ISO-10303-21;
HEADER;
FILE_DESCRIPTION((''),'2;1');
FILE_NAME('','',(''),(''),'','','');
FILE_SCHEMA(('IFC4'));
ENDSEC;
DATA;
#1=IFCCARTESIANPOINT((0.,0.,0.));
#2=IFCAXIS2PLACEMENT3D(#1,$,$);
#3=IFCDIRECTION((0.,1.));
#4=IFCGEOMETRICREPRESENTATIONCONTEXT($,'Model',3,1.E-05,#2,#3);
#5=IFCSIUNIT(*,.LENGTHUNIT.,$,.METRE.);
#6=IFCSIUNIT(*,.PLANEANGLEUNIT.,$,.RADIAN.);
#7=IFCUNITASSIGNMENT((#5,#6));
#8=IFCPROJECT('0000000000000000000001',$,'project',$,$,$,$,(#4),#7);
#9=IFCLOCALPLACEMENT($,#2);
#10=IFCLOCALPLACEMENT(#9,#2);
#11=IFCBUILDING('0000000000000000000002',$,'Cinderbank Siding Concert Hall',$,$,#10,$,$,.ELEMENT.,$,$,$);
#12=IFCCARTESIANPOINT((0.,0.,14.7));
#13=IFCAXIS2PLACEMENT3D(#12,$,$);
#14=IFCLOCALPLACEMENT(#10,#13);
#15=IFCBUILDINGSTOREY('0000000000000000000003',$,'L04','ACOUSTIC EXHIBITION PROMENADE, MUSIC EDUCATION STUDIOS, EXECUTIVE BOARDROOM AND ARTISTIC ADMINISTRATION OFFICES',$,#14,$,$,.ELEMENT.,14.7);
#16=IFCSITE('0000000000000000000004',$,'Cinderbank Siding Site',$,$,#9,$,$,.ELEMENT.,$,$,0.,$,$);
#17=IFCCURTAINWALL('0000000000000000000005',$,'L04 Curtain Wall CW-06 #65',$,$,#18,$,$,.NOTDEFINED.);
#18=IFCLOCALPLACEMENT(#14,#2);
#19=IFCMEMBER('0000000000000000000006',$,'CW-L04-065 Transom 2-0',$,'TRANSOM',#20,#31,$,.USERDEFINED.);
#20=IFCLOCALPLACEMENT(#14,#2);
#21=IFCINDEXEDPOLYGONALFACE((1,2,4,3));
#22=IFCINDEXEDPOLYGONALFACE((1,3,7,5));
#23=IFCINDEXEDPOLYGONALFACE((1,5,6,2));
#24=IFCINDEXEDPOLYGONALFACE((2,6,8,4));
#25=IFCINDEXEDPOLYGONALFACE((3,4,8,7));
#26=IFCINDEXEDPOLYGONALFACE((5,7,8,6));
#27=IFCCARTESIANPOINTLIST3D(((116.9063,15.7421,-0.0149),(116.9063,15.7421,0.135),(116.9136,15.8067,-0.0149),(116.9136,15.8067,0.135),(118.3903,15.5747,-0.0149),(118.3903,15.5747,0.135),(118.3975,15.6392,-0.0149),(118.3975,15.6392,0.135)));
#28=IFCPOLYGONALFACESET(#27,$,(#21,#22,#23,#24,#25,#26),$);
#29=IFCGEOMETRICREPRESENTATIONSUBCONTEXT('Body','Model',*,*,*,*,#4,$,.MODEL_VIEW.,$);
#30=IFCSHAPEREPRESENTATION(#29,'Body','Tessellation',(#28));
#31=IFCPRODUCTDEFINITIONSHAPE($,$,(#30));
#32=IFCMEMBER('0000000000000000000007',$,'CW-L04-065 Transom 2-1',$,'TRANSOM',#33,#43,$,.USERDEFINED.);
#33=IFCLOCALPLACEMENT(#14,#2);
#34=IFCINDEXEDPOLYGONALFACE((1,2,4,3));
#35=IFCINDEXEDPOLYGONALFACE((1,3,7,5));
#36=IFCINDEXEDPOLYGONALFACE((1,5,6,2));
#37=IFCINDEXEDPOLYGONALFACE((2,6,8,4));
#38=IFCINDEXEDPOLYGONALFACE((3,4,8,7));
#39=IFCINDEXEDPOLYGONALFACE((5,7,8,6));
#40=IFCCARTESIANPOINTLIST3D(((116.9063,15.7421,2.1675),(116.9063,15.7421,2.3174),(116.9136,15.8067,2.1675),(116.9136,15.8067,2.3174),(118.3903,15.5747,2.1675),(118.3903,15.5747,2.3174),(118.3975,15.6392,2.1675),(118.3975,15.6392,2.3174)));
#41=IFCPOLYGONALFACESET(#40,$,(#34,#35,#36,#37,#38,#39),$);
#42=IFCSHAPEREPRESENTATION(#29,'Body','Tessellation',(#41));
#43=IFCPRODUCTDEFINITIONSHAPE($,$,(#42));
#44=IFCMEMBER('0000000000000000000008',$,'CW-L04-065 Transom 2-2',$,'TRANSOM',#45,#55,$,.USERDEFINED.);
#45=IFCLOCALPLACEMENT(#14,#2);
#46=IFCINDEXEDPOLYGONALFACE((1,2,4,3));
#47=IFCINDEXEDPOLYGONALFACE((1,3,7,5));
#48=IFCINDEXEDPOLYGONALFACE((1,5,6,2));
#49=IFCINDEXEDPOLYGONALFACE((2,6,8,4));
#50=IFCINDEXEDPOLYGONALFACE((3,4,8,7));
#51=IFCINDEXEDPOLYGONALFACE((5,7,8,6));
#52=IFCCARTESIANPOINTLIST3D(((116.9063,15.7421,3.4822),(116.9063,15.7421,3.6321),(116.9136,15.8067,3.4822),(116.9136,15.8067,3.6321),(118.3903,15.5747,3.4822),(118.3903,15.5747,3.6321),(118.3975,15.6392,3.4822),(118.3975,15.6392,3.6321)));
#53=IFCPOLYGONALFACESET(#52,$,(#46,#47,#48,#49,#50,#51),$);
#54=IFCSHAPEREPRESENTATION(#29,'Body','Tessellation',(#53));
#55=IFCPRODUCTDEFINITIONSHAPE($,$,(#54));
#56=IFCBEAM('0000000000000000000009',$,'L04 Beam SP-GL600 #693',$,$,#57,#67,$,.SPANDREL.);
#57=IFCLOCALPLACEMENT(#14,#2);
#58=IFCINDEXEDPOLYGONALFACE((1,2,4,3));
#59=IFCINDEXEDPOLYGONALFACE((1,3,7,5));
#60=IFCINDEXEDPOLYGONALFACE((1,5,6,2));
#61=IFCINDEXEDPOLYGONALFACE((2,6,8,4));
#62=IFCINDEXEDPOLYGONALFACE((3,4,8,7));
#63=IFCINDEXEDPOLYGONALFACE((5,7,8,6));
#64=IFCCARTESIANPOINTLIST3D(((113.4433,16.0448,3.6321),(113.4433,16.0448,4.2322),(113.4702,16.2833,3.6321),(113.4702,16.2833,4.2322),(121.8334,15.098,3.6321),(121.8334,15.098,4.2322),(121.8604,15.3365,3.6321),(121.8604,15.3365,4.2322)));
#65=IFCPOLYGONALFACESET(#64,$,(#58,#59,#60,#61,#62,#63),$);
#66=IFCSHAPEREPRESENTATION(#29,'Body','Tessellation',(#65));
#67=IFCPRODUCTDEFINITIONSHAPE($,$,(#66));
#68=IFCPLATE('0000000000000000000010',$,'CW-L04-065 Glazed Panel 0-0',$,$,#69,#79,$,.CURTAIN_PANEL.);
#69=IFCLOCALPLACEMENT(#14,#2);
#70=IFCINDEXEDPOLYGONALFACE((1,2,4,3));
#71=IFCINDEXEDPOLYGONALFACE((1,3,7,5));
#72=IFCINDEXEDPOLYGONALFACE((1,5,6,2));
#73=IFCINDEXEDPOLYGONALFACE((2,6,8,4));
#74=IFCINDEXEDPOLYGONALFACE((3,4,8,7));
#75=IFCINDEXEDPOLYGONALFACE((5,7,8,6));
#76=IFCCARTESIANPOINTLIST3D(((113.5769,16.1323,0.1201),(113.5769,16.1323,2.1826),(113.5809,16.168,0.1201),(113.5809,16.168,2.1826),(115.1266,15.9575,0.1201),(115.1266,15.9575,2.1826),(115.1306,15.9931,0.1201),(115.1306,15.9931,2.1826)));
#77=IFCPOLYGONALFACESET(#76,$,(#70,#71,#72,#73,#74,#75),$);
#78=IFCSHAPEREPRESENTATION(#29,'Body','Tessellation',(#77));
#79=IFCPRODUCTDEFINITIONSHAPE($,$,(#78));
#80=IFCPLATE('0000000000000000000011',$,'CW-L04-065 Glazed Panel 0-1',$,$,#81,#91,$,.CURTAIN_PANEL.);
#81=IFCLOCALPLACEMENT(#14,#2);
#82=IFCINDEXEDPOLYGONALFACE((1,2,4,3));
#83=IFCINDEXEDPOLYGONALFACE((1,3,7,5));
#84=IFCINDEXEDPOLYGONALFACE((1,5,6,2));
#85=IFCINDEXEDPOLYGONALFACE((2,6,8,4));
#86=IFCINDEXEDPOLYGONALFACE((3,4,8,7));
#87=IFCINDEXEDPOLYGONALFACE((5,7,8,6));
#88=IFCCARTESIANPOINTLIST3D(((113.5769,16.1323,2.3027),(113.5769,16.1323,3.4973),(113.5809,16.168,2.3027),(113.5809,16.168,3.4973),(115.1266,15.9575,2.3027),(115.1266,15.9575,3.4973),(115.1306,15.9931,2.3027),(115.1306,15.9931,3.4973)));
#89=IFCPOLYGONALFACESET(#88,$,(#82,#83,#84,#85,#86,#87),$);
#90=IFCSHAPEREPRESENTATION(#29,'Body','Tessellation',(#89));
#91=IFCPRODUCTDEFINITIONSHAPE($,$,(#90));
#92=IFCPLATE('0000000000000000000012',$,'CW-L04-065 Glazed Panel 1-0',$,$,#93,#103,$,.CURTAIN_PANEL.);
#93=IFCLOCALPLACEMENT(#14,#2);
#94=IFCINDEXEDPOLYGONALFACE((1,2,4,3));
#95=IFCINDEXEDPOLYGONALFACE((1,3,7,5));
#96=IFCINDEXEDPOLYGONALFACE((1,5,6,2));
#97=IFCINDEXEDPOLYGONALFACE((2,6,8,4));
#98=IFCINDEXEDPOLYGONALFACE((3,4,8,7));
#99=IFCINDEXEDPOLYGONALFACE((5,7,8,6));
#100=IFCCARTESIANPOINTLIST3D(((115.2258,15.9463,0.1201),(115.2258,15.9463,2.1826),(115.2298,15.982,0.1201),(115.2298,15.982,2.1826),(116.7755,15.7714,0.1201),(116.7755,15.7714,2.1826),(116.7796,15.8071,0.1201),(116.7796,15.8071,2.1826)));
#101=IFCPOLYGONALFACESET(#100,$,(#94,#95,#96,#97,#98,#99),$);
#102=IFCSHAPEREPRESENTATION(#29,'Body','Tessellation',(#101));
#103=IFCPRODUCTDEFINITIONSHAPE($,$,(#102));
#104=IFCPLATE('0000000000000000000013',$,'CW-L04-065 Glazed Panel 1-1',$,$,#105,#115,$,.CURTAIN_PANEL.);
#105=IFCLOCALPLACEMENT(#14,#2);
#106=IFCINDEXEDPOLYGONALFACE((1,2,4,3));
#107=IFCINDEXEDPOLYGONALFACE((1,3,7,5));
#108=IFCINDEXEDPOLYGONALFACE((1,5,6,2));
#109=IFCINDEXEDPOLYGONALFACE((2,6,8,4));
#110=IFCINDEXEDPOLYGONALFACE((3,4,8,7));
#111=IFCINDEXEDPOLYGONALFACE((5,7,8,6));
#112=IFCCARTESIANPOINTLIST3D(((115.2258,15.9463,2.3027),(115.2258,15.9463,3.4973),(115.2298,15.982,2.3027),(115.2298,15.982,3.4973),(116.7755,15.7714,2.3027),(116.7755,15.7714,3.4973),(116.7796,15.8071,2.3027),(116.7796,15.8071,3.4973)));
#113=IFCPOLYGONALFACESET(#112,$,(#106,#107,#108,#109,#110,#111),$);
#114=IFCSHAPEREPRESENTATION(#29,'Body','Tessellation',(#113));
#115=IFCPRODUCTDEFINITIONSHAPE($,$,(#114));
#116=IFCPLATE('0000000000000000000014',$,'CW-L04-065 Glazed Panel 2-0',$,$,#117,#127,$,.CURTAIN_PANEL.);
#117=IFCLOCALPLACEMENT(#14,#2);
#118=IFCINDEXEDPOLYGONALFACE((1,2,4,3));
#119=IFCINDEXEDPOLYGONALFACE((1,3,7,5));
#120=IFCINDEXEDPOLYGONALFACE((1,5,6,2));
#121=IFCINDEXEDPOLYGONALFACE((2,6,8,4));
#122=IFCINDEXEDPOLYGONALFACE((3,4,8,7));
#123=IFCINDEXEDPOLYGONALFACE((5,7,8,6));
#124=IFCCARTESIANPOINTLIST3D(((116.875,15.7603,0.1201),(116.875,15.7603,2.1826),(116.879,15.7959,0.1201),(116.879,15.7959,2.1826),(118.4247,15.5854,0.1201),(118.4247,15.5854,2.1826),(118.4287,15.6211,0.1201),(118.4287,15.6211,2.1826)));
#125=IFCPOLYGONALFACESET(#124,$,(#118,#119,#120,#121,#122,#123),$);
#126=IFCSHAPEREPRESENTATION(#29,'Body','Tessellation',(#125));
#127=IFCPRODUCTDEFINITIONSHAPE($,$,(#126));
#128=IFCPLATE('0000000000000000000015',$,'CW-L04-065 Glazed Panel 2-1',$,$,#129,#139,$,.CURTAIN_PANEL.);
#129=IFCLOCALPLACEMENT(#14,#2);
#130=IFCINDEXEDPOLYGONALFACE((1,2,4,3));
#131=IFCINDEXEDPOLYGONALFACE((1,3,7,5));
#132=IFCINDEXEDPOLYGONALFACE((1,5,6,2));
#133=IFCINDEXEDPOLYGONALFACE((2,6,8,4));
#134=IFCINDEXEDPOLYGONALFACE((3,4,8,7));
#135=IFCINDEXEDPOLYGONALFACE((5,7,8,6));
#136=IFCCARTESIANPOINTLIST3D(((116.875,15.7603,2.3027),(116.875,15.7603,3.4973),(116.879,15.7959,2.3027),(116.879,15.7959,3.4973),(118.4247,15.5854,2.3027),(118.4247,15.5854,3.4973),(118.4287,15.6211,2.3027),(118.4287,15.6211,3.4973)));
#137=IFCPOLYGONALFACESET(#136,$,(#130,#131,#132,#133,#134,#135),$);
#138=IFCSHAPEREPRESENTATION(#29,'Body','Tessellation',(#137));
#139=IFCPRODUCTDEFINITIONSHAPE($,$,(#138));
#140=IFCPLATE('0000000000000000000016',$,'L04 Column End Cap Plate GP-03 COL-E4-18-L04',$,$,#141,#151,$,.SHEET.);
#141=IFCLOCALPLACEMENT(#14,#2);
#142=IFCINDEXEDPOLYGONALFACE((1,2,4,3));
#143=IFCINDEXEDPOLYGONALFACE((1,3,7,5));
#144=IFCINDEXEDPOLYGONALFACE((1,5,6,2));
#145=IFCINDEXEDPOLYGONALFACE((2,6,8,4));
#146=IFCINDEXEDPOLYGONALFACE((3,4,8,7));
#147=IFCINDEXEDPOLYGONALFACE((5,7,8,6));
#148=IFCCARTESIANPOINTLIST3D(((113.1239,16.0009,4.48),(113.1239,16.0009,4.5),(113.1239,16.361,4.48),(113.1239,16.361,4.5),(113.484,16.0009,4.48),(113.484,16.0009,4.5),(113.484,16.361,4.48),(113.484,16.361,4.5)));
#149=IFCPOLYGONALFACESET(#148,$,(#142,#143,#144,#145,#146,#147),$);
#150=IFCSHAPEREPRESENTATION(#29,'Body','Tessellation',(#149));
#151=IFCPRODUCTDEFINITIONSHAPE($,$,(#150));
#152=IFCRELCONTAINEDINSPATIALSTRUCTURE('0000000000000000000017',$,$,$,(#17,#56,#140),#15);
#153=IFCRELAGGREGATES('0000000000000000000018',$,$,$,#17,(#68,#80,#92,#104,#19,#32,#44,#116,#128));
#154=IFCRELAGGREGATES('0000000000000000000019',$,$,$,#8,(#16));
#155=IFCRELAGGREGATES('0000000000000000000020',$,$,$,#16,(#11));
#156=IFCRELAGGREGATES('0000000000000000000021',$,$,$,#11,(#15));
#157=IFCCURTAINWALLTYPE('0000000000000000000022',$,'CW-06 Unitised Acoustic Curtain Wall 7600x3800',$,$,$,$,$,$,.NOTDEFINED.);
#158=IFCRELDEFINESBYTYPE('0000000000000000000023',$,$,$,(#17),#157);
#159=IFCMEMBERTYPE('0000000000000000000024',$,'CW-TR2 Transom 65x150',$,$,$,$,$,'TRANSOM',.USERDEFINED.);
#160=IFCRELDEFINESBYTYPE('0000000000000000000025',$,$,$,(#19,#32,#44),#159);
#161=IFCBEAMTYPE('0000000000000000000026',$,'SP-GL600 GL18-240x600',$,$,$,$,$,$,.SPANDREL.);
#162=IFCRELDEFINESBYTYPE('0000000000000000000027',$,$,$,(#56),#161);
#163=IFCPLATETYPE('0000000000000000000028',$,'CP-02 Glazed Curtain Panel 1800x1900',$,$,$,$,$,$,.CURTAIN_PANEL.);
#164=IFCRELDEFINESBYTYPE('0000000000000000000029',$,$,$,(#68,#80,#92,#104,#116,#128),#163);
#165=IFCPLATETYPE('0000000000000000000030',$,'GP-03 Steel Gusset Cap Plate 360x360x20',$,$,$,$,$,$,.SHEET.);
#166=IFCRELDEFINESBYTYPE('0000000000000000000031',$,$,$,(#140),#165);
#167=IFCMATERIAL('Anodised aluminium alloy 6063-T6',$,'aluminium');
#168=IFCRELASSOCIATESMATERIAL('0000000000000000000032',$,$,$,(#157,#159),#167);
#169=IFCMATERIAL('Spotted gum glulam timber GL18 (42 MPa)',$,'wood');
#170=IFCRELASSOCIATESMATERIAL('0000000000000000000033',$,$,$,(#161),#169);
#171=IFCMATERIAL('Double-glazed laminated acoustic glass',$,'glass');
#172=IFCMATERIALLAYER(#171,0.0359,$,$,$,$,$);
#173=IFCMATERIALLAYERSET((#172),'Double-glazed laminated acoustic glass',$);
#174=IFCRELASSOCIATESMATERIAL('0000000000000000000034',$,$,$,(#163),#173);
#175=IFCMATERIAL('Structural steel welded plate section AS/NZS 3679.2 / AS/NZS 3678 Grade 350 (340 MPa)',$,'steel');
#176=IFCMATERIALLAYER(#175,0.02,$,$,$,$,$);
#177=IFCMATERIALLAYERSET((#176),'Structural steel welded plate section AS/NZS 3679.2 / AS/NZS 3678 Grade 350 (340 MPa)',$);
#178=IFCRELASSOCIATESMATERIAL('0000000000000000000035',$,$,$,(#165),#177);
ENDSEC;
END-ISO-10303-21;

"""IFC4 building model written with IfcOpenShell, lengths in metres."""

from ifc_helpers import new_model, si_unit, direction, frame, origin, origin_2d, place, context, subcontext, project, spatial, rectangle, extrude, material, layer, layer_set, material_profile, profile_set, type_object, element, aggregate, save


model = new_model("IFC4")

# Units and contexts
model_context = context("Model", 3, precision=1e-05, world=origin(), true_north=direction((0.0, 1.0)))
body_context = subcontext(model_context, "Body", "Model", "MODEL_VIEW")
ifc_project = project(units=[si_unit("LENGTHUNIT", "METRE"), si_unit("PLANEANGLEUNIT", "RADIAN")], contexts=[model_context])

# Site, building, storey
site_placement = place(None, origin())
site = spatial("IfcSite", under=ifc_project, at=site_placement, Name="Cinderbank Siding Site", CompositionType="ELEMENT", RefElevation=0.0)
building_placement = place(site_placement, origin())
building = spatial("IfcBuilding", under=site, at=building_placement, Name="Cinderbank Siding Concert Hall", CompositionType="ELEMENT")
storey_placement = place(building_placement, frame((0.0, 0.0, 14.7)))
storey = spatial("IfcBuildingStorey", under=building, at=storey_placement, Name="L04", Description="ACOUSTIC EXHIBITION PROMENADE, MUSIC EDUCATION STUDIOS, EXECUTIVE BOARDROOM AND ARTISTIC ADMINISTRATION OFFICES", CompositionType="ELEMENT", Elevation=14.7)

# Shared definitions
ifc_material_1 = material(Name="Anodised aluminium alloy 6063-T6", Category="aluminium")

# Curtain wall, members
curtain_wall_type_1 = type_object("IfcCurtainWallType", Name="CW-06 Unitised Acoustic Curtain Wall 7600x3800", PredefinedType="NOTDEFINED", material=ifc_material_1)
curtain_wall_1_placement = place(storey_placement, origin())
curtain_wall_1 = element("IfcCurtainWall", 1, at=curtain_wall_1_placement, inside=storey, type_object=curtain_wall_type_1, Name="L04 Curtain Wall CW-06 #65", PredefinedType="NOTDEFINED")
ifc_material_profile_1 = material_profile(ifc_material_1, rectangle(XDim=0.0649, YDim=0.1499, at=origin_2d()), Name="ALU-TRAN-65x150", Category="LoadBearing")
ifc_profile_set_1 = profile_set([ifc_material_profile_1], Name="Anodised aluminium alloy 6063-T6")
member_type_1 = type_object("IfcMemberType", Name="CW-TR2 Transom 65x150", ElementType="TRANSOM", PredefinedType="USERDEFINED", material=ifc_profile_set_1)
member_1_placement = place(storey_placement, frame((116.9099, 15.7744, 0.0601), z_axis=(0.993691, -0.112154, 0.0), x_axis=(0.112154, 0.993691, 0.0)))
member_1 = element("IfcMember", 2, at=member_1_placement, type_object=member_type_1, Name="CW-L04-065 Transom 2-0", ObjectType="TRANSOM", PredefinedType="USERDEFINED", context=body_context, shape_type="SweptSolid", body=[
    extrude(rectangle(XDim=0.0649, YDim=0.1499, at=origin_2d()), origin(), (0.0, 0.0, 1.0), 1.4934),
])
member_2_placement = place(storey_placement, frame((116.9099, 15.7744, 2.2424), z_axis=(0.993691, -0.112154, 0.0), x_axis=(0.112154, 0.993691, 0.0)))
member_2 = element("IfcMember", 3, at=member_2_placement, type_object=member_type_1, Name="CW-L04-065 Transom 2-1", ObjectType="TRANSOM", PredefinedType="USERDEFINED", context=body_context, shape_type="SweptSolid", body=[
    extrude(rectangle(XDim=0.0649, YDim=0.1499, at=origin_2d()), origin(), (0.0, 0.0, 1.0), 1.4934),
])
member_3_placement = place(storey_placement, frame((116.9099, 15.7744, 3.5571), z_axis=(0.993691, -0.112154, 0.0), x_axis=(0.112154, 0.993691, 0.0)))
member_3 = element("IfcMember", 4, at=member_3_placement, type_object=member_type_1, Name="CW-L04-065 Transom 2-2", ObjectType="TRANSOM", PredefinedType="USERDEFINED", context=body_context, shape_type="SweptSolid", body=[
    extrude(rectangle(XDim=0.0649, YDim=0.1499, at=origin_2d()), origin(), (0.0, 0.0, 1.0), 1.4934),
])

# Beam
ifc_material_2 = material(Name="Spotted gum glulam timber GL18 (42 MPa)", Category="wood")
ifc_material_profile_2 = material_profile(ifc_material_2, rectangle(XDim=0.24, YDim=0.6001, at=origin_2d()), Name="GL18-240x600", Category="LoadBearing")
ifc_profile_set_2 = profile_set([ifc_material_profile_2], Name="Spotted gum glulam timber GL18 (42 MPa)")
beam_type = type_object("IfcBeamType", Name="SP-GL600 GL18-240x600", PredefinedType="SPANDREL", material=ifc_profile_set_2)
beam_placement = place(storey_placement, frame((113.4568, 16.1641, 3.9321), z_axis=(0.993693, -0.112132, 0.0), x_axis=(0.112132, 0.993693, 0.0)))
element("IfcBeam", 5, at=beam_placement, inside=storey, type_object=beam_type, Name="L04 Beam SP-GL600 #693", PredefinedType="SPANDREL", context=body_context, shape_type="SweptSolid", body=[
    extrude(rectangle(XDim=0.24, YDim=0.6001, at=origin_2d()), origin(), (0.0, 0.0, 1.0), 8.4434),
])

# Plates
ifc_material_3 = material(Name="Double-glazed laminated acoustic glass", Category="glass")
ifc_layer_1 = layer(ifc_material_3, 0.0359)
ifc_layer_set_1 = layer_set([ifc_layer_1], Name="Double-glazed laminated acoustic glass")
plate_type_1 = type_object("IfcPlateType", Name="CP-02 Glazed Curtain Panel 1800x1900", PredefinedType="CURTAIN_PANEL", material=ifc_layer_set_1)
plate_1_placement = place(storey_placement, frame((114.3538, 16.0627, 0.1201), z_axis=(0.0, 0.0, 1.0), x_axis=(0.993694, -0.112129, 0.0)))
plate_1 = element("IfcPlate", 6, at=plate_1_placement, type_object=plate_type_1, Name="CW-L04-065 Glazed Panel 0-0", PredefinedType="CURTAIN_PANEL", context=body_context, shape_type="SweptSolid", body=[
    extrude(rectangle(XDim=1.5596, YDim=0.0359, at=origin_2d()), origin(), (0.0, 0.0, 1.0), 2.0625),
])
plate_2_placement = place(storey_placement, frame((114.3538, 16.0627, 2.3027), z_axis=(0.0, 0.0, 1.0), x_axis=(0.993694, -0.112129, 0.0)))
plate_2 = element("IfcPlate", 7, at=plate_2_placement, type_object=plate_type_1, Name="CW-L04-065 Glazed Panel 0-1", PredefinedType="CURTAIN_PANEL", context=body_context, shape_type="SweptSolid", body=[
    extrude(rectangle(XDim=1.5596, YDim=0.0359, at=origin_2d()), origin(), (0.0, 0.0, 1.0), 1.1946),
])
plate_3_placement = place(storey_placement, frame((116.0027, 15.8767, 0.1201), z_axis=(0.0, 0.0, 1.0), x_axis=(0.993694, -0.112129, 0.0)))
plate_3 = element("IfcPlate", 8, at=plate_3_placement, type_object=plate_type_1, Name="CW-L04-065 Glazed Panel 1-0", PredefinedType="CURTAIN_PANEL", context=body_context, shape_type="SweptSolid", body=[
    extrude(rectangle(XDim=1.5596, YDim=0.0359, at=origin_2d()), origin(), (0.0, 0.0, 1.0), 2.0625),
])
plate_4_placement = place(storey_placement, frame((116.0027, 15.8767, 2.3027), z_axis=(0.0, 0.0, 1.0), x_axis=(0.993694, -0.112129, 0.0)))
plate_4 = element("IfcPlate", 9, at=plate_4_placement, type_object=plate_type_1, Name="CW-L04-065 Glazed Panel 1-1", PredefinedType="CURTAIN_PANEL", context=body_context, shape_type="SweptSolid", body=[
    extrude(rectangle(XDim=1.5596, YDim=0.0359, at=origin_2d()), origin(), (0.0, 0.0, 1.0), 1.1946),
])
plate_5_placement = place(storey_placement, frame((117.6519, 15.6907, 0.1201), z_axis=(0.0, 0.0, 1.0), x_axis=(0.993694, -0.112129, 0.0)))
plate_5 = element("IfcPlate", 10, at=plate_5_placement, type_object=plate_type_1, Name="CW-L04-065 Glazed Panel 2-0", PredefinedType="CURTAIN_PANEL", context=body_context, shape_type="SweptSolid", body=[
    extrude(rectangle(XDim=1.5596, YDim=0.0359, at=origin_2d()), origin(), (0.0, 0.0, 1.0), 2.0625),
])
plate_6_placement = place(storey_placement, frame((117.6519, 15.6907, 2.3027), z_axis=(0.0, 0.0, 1.0), x_axis=(0.993694, -0.112129, 0.0)))
plate_6 = element("IfcPlate", 11, at=plate_6_placement, type_object=plate_type_1, Name="CW-L04-065 Glazed Panel 2-1", PredefinedType="CURTAIN_PANEL", context=body_context, shape_type="SweptSolid", body=[
    extrude(rectangle(XDim=1.5596, YDim=0.0359, at=origin_2d()), origin(), (0.0, 0.0, 1.0), 1.1946),
])
aggregate(curtain_wall_1, [plate_1, plate_2, plate_3, plate_4, member_1, member_2, member_3, plate_5, plate_6])
ifc_material_4 = material(Name="Structural steel welded plate section AS/NZS 3679.2 / AS/NZS 3678 Grade 350 (340 MPa)", Category="steel")
ifc_layer_2 = layer(ifc_material_4, 0.02)
ifc_layer_set_2 = layer_set([ifc_layer_2], Name="Structural steel welded plate section AS/NZS 3679.2 / AS/NZS 3678 Grade 350 (340 MPa)")
plate_type_2 = type_object("IfcPlateType", Name="GP-03 Steel Gusset Cap Plate 360x360x20", PredefinedType="SHEET", material=ifc_layer_set_2)
plate_7_placement = place(storey_placement, frame((113.304, 16.1809, 4.48), z_axis=(0.0, 0.0, 1.0), x_axis=(1.0, 0.0, 0.0)))
element("IfcPlate", 12, at=plate_7_placement, inside=storey, type_object=plate_type_2, Name="L04 Column End Cap Plate GP-03 COL-E4-18-L04", PredefinedType="SHEET", context=body_context, shape_type="SweptSolid", body=[
    extrude(rectangle(XDim=0.3601, YDim=0.3601, at=origin_2d()), origin(), (0.0, 0.0, 1.0), 0.02),
])

save(model, "model.ifc")
